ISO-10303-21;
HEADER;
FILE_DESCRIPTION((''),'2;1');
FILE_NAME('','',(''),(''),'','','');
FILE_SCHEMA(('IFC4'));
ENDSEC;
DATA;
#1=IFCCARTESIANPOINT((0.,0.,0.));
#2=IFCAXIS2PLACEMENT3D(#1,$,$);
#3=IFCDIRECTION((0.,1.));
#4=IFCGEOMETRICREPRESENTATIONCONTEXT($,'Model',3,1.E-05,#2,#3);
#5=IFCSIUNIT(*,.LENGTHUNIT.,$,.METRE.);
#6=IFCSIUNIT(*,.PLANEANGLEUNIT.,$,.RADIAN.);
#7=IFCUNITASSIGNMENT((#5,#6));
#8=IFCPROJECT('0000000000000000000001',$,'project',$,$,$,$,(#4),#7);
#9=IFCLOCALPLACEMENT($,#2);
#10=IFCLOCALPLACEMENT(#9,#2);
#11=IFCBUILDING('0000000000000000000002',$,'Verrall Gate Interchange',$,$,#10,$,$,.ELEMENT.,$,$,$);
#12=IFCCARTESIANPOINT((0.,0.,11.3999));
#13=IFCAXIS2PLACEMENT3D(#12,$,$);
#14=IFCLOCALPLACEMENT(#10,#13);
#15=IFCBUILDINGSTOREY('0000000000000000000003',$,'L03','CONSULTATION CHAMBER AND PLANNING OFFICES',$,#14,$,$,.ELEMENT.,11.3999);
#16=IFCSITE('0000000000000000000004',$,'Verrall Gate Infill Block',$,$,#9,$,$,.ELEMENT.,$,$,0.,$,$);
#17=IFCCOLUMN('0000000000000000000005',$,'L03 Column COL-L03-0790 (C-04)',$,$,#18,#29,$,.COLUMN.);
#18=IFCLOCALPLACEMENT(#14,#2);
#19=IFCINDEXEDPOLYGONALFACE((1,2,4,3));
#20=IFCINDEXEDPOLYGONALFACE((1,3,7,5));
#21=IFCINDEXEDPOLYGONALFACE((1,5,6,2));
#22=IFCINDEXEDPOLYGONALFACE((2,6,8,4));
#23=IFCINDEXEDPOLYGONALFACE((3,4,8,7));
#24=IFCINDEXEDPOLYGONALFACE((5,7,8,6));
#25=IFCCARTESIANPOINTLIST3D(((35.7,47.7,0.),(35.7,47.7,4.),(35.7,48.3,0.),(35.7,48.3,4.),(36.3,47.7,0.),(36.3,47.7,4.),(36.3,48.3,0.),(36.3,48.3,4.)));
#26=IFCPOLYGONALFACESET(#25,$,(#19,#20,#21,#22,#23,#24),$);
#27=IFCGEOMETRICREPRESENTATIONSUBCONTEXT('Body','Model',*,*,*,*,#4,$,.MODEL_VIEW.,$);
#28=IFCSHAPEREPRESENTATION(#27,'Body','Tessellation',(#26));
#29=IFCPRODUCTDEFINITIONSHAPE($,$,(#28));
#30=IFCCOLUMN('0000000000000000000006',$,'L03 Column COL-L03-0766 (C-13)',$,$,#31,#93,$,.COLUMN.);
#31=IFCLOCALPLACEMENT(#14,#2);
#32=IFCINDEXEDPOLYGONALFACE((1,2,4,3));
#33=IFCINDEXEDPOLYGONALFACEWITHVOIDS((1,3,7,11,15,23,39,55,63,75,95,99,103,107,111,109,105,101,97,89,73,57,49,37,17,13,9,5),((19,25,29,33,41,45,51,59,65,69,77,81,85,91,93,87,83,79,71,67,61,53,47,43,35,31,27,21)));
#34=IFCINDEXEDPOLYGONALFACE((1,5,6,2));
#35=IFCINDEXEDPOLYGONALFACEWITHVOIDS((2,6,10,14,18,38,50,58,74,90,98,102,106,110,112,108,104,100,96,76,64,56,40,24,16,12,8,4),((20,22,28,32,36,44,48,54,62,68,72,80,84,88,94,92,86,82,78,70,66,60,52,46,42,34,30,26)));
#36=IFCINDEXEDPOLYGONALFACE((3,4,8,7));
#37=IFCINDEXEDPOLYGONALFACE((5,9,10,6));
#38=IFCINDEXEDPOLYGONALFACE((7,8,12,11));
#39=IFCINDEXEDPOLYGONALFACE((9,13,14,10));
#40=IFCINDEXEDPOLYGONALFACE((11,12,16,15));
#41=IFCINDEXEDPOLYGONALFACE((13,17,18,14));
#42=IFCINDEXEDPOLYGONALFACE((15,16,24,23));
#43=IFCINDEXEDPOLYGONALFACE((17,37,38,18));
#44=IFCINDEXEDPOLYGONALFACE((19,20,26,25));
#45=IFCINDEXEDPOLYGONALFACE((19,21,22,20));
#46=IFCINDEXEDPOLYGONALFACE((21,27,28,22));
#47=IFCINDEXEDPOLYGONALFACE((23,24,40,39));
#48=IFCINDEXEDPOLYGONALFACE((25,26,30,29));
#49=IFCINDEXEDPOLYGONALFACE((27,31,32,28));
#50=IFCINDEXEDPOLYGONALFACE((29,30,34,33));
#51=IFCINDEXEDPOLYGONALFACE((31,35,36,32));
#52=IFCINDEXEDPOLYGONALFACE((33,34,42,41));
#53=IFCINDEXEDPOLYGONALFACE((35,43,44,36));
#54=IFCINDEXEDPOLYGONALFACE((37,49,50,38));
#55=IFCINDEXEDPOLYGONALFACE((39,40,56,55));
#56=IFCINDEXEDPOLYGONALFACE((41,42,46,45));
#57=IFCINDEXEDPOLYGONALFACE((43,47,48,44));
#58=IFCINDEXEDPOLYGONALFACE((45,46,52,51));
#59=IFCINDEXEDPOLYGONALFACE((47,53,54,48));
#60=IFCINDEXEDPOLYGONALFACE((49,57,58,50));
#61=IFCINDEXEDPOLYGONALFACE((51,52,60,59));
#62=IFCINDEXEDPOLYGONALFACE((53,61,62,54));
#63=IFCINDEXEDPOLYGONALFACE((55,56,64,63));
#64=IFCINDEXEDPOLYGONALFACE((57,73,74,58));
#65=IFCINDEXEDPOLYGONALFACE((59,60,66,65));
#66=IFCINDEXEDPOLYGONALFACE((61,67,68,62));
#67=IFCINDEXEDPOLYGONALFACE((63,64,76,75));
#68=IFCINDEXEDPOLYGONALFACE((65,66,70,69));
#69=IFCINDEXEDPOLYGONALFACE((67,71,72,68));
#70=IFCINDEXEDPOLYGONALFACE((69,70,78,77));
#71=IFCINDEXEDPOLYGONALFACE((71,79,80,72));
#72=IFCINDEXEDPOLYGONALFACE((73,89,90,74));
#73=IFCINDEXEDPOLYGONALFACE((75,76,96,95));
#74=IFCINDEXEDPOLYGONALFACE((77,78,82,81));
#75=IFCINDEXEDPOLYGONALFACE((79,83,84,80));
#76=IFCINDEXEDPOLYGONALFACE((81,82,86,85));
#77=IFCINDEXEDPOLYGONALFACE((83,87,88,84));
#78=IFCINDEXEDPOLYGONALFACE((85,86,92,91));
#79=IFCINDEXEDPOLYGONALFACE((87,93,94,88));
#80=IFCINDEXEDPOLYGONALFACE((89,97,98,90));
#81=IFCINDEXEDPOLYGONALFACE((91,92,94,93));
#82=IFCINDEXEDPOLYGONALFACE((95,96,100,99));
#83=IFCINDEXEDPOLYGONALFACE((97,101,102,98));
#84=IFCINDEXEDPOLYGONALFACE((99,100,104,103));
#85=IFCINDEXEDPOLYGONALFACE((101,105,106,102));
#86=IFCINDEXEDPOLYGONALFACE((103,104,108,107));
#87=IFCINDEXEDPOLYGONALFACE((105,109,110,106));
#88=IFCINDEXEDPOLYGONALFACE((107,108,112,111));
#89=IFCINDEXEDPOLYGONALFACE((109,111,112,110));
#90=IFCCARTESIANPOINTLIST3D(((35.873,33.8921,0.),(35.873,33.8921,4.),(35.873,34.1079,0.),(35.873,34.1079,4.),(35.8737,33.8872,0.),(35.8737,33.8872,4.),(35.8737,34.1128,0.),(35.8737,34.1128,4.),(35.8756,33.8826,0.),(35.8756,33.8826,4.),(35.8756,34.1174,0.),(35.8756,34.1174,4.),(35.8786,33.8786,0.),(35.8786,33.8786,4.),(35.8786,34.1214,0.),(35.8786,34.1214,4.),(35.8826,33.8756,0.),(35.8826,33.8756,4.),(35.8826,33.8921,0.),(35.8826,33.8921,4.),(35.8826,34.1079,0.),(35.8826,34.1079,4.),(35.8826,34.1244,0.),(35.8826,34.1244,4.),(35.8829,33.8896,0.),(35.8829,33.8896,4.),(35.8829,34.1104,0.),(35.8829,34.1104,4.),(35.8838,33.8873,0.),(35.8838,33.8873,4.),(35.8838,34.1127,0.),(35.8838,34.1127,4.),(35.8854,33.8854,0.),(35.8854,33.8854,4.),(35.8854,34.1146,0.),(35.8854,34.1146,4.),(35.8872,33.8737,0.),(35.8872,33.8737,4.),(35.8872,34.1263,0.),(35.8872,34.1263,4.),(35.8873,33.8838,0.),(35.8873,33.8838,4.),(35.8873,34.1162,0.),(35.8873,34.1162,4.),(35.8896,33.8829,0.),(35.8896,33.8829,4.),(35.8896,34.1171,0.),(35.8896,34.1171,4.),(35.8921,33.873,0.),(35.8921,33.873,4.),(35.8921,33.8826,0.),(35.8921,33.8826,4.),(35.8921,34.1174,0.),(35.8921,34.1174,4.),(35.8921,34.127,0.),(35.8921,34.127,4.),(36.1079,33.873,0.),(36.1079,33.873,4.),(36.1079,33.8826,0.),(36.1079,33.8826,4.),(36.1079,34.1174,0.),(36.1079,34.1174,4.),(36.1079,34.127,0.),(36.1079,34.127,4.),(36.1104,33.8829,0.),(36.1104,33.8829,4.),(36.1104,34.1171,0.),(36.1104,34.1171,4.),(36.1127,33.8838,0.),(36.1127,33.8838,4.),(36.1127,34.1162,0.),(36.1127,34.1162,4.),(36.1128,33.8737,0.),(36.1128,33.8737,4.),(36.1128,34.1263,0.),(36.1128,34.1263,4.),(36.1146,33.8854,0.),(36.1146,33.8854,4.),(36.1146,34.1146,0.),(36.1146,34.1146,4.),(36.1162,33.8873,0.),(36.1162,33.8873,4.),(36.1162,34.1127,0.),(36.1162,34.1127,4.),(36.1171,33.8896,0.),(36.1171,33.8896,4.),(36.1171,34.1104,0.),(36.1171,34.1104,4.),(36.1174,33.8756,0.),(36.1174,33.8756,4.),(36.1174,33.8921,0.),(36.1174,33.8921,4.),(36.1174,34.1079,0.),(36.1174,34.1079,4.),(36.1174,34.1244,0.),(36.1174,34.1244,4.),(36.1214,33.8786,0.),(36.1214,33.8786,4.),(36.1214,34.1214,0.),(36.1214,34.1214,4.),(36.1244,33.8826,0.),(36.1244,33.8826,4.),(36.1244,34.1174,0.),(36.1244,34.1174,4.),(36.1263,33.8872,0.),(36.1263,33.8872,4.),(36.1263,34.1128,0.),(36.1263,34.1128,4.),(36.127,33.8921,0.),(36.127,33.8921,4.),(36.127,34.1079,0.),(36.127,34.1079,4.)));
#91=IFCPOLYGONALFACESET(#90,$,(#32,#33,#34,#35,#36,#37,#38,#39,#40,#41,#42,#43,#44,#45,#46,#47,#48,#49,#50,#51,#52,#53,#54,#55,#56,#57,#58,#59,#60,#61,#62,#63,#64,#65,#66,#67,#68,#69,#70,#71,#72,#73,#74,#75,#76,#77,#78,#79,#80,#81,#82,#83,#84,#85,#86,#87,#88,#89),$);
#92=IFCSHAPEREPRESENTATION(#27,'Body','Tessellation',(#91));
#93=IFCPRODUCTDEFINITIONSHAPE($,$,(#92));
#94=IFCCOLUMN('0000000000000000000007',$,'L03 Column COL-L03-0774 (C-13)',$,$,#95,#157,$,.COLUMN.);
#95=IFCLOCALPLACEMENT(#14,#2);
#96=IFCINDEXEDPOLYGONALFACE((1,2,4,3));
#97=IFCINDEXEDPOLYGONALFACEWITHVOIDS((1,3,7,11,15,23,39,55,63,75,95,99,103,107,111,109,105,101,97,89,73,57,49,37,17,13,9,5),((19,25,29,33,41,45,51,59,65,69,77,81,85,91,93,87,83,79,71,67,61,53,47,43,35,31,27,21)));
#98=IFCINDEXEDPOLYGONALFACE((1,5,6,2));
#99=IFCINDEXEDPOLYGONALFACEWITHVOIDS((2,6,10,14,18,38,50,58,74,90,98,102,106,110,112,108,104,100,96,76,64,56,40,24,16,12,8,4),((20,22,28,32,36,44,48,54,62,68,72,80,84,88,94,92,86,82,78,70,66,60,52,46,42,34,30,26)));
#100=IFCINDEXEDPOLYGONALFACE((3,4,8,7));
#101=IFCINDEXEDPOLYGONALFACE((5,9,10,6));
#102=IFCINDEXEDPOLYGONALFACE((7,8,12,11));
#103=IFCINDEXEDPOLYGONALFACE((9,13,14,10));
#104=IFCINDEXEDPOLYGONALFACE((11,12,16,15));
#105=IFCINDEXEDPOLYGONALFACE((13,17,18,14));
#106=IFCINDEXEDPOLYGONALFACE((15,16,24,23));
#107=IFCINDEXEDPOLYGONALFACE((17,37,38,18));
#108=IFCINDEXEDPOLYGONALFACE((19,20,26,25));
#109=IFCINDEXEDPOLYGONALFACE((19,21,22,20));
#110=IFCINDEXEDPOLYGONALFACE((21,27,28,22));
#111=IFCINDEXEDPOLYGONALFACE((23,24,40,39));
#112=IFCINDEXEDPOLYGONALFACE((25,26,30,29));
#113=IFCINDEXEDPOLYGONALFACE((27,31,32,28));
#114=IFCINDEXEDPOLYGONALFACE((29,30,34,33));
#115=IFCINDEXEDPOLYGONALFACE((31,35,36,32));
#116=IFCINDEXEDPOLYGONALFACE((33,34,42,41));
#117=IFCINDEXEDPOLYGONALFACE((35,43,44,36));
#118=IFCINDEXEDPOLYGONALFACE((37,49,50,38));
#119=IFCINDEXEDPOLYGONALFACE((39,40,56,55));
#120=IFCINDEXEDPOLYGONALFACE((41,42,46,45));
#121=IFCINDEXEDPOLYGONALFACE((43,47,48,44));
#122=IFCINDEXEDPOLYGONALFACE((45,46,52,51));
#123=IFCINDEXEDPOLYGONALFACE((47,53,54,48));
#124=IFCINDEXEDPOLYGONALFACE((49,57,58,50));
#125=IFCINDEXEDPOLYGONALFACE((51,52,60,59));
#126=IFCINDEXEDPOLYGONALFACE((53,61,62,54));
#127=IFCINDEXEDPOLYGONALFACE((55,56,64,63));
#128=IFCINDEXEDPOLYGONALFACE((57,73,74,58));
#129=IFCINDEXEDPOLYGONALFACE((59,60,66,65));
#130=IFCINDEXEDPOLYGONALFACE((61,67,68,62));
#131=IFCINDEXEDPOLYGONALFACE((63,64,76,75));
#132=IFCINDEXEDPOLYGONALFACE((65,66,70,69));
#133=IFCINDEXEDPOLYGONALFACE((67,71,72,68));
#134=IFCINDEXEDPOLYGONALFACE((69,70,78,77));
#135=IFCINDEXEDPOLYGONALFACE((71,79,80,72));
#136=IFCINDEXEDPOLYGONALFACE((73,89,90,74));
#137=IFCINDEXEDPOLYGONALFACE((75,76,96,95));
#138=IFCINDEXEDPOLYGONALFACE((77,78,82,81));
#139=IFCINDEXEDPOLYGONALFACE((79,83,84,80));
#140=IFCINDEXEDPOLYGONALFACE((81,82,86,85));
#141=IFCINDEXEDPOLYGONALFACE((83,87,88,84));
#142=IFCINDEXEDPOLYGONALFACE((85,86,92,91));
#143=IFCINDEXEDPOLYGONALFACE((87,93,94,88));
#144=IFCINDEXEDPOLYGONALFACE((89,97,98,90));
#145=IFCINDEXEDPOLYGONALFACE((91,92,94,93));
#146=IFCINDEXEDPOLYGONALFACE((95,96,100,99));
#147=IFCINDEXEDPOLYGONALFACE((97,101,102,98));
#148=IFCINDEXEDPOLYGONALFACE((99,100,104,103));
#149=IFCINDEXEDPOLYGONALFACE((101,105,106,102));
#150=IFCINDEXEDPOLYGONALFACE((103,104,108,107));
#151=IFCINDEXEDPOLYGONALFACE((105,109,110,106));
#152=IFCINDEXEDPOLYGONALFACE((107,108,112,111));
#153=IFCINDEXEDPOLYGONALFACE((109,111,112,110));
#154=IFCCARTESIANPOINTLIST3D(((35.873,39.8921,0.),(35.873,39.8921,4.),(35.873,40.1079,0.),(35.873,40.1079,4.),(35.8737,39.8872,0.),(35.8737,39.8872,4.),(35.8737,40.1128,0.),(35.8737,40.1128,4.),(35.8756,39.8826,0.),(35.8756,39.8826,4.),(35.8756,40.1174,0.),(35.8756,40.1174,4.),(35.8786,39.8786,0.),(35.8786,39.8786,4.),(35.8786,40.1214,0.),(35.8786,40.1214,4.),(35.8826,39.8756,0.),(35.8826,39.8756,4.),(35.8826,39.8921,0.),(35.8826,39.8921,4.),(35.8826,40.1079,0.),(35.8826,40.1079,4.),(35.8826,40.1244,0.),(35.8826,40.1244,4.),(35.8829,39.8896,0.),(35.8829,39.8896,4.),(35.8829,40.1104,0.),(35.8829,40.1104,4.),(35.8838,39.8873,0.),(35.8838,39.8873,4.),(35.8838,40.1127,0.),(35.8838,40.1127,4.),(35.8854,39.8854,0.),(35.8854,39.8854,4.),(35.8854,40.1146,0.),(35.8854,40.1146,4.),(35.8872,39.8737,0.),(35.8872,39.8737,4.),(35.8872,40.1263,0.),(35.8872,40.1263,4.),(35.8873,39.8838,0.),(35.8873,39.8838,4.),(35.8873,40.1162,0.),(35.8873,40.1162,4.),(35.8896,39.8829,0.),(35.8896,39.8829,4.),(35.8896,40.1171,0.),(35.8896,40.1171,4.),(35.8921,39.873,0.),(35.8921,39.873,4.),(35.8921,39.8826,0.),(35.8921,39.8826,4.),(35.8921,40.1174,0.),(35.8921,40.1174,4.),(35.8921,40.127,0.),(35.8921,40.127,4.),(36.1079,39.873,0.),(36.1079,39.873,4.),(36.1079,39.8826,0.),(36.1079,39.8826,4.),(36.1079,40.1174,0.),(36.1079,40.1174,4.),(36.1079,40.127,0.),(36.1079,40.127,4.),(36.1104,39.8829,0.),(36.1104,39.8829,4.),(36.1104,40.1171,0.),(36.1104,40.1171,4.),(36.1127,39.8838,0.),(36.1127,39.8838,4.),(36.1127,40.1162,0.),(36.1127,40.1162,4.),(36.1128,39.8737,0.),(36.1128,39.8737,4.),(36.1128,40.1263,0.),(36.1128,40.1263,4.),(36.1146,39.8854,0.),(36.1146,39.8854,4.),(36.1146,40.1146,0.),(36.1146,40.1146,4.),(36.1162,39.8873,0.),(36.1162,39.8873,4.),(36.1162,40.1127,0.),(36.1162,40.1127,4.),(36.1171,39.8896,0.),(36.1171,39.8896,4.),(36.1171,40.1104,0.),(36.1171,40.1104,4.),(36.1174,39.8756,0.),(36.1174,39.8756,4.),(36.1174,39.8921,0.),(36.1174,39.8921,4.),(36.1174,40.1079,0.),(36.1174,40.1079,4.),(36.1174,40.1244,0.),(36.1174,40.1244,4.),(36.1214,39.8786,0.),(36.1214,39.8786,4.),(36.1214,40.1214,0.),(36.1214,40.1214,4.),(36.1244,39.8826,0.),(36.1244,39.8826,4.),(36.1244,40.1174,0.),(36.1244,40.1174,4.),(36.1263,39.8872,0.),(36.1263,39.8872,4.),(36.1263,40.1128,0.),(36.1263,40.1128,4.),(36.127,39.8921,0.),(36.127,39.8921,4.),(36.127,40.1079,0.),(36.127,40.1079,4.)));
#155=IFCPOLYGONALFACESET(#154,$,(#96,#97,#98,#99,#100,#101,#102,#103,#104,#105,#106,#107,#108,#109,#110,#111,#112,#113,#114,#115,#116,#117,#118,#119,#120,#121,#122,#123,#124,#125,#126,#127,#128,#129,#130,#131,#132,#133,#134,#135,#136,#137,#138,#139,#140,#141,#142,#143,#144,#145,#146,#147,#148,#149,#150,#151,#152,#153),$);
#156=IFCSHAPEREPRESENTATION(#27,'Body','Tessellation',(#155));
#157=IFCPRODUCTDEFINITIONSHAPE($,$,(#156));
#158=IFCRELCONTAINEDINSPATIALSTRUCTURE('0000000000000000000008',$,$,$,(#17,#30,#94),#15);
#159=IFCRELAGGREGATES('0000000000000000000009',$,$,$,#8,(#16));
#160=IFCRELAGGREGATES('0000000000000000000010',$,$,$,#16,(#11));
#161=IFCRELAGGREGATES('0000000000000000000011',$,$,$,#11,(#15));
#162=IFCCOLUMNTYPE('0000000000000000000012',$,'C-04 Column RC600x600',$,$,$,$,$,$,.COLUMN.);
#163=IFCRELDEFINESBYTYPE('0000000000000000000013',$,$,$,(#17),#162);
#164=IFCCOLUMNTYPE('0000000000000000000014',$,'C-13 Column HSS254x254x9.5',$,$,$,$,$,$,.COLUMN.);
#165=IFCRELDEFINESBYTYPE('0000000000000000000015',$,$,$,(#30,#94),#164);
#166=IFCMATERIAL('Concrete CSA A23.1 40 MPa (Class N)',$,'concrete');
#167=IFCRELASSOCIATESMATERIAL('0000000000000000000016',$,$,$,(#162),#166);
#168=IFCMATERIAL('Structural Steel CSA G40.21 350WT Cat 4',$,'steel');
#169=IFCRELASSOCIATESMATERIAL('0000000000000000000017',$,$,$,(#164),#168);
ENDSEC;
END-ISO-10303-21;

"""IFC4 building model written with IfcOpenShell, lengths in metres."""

from ifc_helpers import new_model, si_unit, direction, frame, origin, origin_2d, place, context, subcontext, project, spatial, rectangle, hollow_rectangle, extrude, material, material_profile, profile_set, type_object, element, save


model = new_model("IFC4")

# Units and contexts
model_context = context("Model", 3, precision=1e-05, world=origin(), true_north=direction((0.0, 1.0)))
body_context = subcontext(model_context, "Body", "Model", "MODEL_VIEW")
ifc_project = project(units=[si_unit("LENGTHUNIT", "METRE"), si_unit("PLANEANGLEUNIT", "RADIAN")], contexts=[model_context])

# Site, building, storey
site_placement = place(None, origin())
site = spatial("IfcSite", under=ifc_project, at=site_placement, Name="Verrall Gate Infill Block", CompositionType="ELEMENT", RefElevation=0.0)
building_placement = place(site_placement, origin())
building = spatial("IfcBuilding", under=site, at=building_placement, Name="Verrall Gate Interchange", CompositionType="ELEMENT")
storey_placement = place(building_placement, frame((0.0, 0.0, 11.3999)))
storey = spatial("IfcBuildingStorey", under=building, at=storey_placement, Name="L03", Description="CONSULTATION CHAMBER AND PLANNING OFFICES", CompositionType="ELEMENT", Elevation=11.3999)

# Columns
ifc_material_1 = material(Name="Concrete CSA A23.1 40 MPa (Class N)", Category="concrete")
ifc_material_profile_1 = material_profile(ifc_material_1, rectangle(XDim=0.6001, YDim=0.6001, at=origin_2d()), Name="RC600x600")
ifc_profile_set_1 = profile_set([ifc_material_profile_1], Name="Concrete CSA A23.1 40 MPa (Class N)")
column_type_1 = type_object("IfcColumnType", Name="C-04 Column RC600x600", PredefinedType="COLUMN", material=ifc_profile_set_1)
column_placement = place(storey_placement, frame((36.0, 48.0, 0.0), z_axis=(0.0, 0.0, 1.0), x_axis=(1.0, 0.0, 0.0)))
element("IfcColumn", 1, at=column_placement, inside=storey, type_object=column_type_1, Name="L03 Column COL-L03-0790 (C-04)", PredefinedType="COLUMN", context=body_context, shape_type="SweptSolid", body=[
    extrude(rectangle(XDim=0.6001, YDim=0.6001, at=origin_2d()), origin(), (0.0, 0.0, 1.0), 4.0),
])
ifc_material_2 = material(Name="Structural Steel CSA G40.21 350WT Cat 4", Category="steel")
ifc_material_profile_2 = material_profile(ifc_material_2, hollow_rectangle(XDim=0.2539, YDim=0.2539, WallThickness=0.0095, InnerFilletRadius=0.0095, OuterFilletRadius=0.019, at=origin_2d()), Name="HSS254x254x9.5")
ifc_profile_set_2 = profile_set([ifc_material_profile_2], Name="Structural Steel CSA G40.21 350WT Cat 4")
column_type_2 = type_object("IfcColumnType", Name="C-13 Column HSS254x254x9.5", PredefinedType="COLUMN", material=ifc_profile_set_2)
for number, where, z_axis, x_axis, name in (
    (2, (36.0, 34.0, 0.0), (0.0, 0.0, 1.0), (1.0, 0.0, 0.0), "L03 Column COL-L03-0766 (C-13)"),
    (3, (36.0, 40.0, 0.0), (0.0, 0.0, 1.0), (1.0, 0.0, 0.0), "L03 Column COL-L03-0774 (C-13)"),
):
    element("IfcColumn", number, at=place(storey_placement, frame(where, z_axis=z_axis, x_axis=x_axis)), inside=storey, type_object=column_type_2, Name=name, PredefinedType="COLUMN", context=body_context, shape_type="SweptSolid", body=[
        extrude(hollow_rectangle(XDim=0.2539, YDim=0.2539, WallThickness=0.0095, InnerFilletRadius=0.0095, OuterFilletRadius=0.019, at=origin_2d()), origin(), (0.0, 0.0, 1.0), 4.0),
    ])

save(model, "model.ifc")
